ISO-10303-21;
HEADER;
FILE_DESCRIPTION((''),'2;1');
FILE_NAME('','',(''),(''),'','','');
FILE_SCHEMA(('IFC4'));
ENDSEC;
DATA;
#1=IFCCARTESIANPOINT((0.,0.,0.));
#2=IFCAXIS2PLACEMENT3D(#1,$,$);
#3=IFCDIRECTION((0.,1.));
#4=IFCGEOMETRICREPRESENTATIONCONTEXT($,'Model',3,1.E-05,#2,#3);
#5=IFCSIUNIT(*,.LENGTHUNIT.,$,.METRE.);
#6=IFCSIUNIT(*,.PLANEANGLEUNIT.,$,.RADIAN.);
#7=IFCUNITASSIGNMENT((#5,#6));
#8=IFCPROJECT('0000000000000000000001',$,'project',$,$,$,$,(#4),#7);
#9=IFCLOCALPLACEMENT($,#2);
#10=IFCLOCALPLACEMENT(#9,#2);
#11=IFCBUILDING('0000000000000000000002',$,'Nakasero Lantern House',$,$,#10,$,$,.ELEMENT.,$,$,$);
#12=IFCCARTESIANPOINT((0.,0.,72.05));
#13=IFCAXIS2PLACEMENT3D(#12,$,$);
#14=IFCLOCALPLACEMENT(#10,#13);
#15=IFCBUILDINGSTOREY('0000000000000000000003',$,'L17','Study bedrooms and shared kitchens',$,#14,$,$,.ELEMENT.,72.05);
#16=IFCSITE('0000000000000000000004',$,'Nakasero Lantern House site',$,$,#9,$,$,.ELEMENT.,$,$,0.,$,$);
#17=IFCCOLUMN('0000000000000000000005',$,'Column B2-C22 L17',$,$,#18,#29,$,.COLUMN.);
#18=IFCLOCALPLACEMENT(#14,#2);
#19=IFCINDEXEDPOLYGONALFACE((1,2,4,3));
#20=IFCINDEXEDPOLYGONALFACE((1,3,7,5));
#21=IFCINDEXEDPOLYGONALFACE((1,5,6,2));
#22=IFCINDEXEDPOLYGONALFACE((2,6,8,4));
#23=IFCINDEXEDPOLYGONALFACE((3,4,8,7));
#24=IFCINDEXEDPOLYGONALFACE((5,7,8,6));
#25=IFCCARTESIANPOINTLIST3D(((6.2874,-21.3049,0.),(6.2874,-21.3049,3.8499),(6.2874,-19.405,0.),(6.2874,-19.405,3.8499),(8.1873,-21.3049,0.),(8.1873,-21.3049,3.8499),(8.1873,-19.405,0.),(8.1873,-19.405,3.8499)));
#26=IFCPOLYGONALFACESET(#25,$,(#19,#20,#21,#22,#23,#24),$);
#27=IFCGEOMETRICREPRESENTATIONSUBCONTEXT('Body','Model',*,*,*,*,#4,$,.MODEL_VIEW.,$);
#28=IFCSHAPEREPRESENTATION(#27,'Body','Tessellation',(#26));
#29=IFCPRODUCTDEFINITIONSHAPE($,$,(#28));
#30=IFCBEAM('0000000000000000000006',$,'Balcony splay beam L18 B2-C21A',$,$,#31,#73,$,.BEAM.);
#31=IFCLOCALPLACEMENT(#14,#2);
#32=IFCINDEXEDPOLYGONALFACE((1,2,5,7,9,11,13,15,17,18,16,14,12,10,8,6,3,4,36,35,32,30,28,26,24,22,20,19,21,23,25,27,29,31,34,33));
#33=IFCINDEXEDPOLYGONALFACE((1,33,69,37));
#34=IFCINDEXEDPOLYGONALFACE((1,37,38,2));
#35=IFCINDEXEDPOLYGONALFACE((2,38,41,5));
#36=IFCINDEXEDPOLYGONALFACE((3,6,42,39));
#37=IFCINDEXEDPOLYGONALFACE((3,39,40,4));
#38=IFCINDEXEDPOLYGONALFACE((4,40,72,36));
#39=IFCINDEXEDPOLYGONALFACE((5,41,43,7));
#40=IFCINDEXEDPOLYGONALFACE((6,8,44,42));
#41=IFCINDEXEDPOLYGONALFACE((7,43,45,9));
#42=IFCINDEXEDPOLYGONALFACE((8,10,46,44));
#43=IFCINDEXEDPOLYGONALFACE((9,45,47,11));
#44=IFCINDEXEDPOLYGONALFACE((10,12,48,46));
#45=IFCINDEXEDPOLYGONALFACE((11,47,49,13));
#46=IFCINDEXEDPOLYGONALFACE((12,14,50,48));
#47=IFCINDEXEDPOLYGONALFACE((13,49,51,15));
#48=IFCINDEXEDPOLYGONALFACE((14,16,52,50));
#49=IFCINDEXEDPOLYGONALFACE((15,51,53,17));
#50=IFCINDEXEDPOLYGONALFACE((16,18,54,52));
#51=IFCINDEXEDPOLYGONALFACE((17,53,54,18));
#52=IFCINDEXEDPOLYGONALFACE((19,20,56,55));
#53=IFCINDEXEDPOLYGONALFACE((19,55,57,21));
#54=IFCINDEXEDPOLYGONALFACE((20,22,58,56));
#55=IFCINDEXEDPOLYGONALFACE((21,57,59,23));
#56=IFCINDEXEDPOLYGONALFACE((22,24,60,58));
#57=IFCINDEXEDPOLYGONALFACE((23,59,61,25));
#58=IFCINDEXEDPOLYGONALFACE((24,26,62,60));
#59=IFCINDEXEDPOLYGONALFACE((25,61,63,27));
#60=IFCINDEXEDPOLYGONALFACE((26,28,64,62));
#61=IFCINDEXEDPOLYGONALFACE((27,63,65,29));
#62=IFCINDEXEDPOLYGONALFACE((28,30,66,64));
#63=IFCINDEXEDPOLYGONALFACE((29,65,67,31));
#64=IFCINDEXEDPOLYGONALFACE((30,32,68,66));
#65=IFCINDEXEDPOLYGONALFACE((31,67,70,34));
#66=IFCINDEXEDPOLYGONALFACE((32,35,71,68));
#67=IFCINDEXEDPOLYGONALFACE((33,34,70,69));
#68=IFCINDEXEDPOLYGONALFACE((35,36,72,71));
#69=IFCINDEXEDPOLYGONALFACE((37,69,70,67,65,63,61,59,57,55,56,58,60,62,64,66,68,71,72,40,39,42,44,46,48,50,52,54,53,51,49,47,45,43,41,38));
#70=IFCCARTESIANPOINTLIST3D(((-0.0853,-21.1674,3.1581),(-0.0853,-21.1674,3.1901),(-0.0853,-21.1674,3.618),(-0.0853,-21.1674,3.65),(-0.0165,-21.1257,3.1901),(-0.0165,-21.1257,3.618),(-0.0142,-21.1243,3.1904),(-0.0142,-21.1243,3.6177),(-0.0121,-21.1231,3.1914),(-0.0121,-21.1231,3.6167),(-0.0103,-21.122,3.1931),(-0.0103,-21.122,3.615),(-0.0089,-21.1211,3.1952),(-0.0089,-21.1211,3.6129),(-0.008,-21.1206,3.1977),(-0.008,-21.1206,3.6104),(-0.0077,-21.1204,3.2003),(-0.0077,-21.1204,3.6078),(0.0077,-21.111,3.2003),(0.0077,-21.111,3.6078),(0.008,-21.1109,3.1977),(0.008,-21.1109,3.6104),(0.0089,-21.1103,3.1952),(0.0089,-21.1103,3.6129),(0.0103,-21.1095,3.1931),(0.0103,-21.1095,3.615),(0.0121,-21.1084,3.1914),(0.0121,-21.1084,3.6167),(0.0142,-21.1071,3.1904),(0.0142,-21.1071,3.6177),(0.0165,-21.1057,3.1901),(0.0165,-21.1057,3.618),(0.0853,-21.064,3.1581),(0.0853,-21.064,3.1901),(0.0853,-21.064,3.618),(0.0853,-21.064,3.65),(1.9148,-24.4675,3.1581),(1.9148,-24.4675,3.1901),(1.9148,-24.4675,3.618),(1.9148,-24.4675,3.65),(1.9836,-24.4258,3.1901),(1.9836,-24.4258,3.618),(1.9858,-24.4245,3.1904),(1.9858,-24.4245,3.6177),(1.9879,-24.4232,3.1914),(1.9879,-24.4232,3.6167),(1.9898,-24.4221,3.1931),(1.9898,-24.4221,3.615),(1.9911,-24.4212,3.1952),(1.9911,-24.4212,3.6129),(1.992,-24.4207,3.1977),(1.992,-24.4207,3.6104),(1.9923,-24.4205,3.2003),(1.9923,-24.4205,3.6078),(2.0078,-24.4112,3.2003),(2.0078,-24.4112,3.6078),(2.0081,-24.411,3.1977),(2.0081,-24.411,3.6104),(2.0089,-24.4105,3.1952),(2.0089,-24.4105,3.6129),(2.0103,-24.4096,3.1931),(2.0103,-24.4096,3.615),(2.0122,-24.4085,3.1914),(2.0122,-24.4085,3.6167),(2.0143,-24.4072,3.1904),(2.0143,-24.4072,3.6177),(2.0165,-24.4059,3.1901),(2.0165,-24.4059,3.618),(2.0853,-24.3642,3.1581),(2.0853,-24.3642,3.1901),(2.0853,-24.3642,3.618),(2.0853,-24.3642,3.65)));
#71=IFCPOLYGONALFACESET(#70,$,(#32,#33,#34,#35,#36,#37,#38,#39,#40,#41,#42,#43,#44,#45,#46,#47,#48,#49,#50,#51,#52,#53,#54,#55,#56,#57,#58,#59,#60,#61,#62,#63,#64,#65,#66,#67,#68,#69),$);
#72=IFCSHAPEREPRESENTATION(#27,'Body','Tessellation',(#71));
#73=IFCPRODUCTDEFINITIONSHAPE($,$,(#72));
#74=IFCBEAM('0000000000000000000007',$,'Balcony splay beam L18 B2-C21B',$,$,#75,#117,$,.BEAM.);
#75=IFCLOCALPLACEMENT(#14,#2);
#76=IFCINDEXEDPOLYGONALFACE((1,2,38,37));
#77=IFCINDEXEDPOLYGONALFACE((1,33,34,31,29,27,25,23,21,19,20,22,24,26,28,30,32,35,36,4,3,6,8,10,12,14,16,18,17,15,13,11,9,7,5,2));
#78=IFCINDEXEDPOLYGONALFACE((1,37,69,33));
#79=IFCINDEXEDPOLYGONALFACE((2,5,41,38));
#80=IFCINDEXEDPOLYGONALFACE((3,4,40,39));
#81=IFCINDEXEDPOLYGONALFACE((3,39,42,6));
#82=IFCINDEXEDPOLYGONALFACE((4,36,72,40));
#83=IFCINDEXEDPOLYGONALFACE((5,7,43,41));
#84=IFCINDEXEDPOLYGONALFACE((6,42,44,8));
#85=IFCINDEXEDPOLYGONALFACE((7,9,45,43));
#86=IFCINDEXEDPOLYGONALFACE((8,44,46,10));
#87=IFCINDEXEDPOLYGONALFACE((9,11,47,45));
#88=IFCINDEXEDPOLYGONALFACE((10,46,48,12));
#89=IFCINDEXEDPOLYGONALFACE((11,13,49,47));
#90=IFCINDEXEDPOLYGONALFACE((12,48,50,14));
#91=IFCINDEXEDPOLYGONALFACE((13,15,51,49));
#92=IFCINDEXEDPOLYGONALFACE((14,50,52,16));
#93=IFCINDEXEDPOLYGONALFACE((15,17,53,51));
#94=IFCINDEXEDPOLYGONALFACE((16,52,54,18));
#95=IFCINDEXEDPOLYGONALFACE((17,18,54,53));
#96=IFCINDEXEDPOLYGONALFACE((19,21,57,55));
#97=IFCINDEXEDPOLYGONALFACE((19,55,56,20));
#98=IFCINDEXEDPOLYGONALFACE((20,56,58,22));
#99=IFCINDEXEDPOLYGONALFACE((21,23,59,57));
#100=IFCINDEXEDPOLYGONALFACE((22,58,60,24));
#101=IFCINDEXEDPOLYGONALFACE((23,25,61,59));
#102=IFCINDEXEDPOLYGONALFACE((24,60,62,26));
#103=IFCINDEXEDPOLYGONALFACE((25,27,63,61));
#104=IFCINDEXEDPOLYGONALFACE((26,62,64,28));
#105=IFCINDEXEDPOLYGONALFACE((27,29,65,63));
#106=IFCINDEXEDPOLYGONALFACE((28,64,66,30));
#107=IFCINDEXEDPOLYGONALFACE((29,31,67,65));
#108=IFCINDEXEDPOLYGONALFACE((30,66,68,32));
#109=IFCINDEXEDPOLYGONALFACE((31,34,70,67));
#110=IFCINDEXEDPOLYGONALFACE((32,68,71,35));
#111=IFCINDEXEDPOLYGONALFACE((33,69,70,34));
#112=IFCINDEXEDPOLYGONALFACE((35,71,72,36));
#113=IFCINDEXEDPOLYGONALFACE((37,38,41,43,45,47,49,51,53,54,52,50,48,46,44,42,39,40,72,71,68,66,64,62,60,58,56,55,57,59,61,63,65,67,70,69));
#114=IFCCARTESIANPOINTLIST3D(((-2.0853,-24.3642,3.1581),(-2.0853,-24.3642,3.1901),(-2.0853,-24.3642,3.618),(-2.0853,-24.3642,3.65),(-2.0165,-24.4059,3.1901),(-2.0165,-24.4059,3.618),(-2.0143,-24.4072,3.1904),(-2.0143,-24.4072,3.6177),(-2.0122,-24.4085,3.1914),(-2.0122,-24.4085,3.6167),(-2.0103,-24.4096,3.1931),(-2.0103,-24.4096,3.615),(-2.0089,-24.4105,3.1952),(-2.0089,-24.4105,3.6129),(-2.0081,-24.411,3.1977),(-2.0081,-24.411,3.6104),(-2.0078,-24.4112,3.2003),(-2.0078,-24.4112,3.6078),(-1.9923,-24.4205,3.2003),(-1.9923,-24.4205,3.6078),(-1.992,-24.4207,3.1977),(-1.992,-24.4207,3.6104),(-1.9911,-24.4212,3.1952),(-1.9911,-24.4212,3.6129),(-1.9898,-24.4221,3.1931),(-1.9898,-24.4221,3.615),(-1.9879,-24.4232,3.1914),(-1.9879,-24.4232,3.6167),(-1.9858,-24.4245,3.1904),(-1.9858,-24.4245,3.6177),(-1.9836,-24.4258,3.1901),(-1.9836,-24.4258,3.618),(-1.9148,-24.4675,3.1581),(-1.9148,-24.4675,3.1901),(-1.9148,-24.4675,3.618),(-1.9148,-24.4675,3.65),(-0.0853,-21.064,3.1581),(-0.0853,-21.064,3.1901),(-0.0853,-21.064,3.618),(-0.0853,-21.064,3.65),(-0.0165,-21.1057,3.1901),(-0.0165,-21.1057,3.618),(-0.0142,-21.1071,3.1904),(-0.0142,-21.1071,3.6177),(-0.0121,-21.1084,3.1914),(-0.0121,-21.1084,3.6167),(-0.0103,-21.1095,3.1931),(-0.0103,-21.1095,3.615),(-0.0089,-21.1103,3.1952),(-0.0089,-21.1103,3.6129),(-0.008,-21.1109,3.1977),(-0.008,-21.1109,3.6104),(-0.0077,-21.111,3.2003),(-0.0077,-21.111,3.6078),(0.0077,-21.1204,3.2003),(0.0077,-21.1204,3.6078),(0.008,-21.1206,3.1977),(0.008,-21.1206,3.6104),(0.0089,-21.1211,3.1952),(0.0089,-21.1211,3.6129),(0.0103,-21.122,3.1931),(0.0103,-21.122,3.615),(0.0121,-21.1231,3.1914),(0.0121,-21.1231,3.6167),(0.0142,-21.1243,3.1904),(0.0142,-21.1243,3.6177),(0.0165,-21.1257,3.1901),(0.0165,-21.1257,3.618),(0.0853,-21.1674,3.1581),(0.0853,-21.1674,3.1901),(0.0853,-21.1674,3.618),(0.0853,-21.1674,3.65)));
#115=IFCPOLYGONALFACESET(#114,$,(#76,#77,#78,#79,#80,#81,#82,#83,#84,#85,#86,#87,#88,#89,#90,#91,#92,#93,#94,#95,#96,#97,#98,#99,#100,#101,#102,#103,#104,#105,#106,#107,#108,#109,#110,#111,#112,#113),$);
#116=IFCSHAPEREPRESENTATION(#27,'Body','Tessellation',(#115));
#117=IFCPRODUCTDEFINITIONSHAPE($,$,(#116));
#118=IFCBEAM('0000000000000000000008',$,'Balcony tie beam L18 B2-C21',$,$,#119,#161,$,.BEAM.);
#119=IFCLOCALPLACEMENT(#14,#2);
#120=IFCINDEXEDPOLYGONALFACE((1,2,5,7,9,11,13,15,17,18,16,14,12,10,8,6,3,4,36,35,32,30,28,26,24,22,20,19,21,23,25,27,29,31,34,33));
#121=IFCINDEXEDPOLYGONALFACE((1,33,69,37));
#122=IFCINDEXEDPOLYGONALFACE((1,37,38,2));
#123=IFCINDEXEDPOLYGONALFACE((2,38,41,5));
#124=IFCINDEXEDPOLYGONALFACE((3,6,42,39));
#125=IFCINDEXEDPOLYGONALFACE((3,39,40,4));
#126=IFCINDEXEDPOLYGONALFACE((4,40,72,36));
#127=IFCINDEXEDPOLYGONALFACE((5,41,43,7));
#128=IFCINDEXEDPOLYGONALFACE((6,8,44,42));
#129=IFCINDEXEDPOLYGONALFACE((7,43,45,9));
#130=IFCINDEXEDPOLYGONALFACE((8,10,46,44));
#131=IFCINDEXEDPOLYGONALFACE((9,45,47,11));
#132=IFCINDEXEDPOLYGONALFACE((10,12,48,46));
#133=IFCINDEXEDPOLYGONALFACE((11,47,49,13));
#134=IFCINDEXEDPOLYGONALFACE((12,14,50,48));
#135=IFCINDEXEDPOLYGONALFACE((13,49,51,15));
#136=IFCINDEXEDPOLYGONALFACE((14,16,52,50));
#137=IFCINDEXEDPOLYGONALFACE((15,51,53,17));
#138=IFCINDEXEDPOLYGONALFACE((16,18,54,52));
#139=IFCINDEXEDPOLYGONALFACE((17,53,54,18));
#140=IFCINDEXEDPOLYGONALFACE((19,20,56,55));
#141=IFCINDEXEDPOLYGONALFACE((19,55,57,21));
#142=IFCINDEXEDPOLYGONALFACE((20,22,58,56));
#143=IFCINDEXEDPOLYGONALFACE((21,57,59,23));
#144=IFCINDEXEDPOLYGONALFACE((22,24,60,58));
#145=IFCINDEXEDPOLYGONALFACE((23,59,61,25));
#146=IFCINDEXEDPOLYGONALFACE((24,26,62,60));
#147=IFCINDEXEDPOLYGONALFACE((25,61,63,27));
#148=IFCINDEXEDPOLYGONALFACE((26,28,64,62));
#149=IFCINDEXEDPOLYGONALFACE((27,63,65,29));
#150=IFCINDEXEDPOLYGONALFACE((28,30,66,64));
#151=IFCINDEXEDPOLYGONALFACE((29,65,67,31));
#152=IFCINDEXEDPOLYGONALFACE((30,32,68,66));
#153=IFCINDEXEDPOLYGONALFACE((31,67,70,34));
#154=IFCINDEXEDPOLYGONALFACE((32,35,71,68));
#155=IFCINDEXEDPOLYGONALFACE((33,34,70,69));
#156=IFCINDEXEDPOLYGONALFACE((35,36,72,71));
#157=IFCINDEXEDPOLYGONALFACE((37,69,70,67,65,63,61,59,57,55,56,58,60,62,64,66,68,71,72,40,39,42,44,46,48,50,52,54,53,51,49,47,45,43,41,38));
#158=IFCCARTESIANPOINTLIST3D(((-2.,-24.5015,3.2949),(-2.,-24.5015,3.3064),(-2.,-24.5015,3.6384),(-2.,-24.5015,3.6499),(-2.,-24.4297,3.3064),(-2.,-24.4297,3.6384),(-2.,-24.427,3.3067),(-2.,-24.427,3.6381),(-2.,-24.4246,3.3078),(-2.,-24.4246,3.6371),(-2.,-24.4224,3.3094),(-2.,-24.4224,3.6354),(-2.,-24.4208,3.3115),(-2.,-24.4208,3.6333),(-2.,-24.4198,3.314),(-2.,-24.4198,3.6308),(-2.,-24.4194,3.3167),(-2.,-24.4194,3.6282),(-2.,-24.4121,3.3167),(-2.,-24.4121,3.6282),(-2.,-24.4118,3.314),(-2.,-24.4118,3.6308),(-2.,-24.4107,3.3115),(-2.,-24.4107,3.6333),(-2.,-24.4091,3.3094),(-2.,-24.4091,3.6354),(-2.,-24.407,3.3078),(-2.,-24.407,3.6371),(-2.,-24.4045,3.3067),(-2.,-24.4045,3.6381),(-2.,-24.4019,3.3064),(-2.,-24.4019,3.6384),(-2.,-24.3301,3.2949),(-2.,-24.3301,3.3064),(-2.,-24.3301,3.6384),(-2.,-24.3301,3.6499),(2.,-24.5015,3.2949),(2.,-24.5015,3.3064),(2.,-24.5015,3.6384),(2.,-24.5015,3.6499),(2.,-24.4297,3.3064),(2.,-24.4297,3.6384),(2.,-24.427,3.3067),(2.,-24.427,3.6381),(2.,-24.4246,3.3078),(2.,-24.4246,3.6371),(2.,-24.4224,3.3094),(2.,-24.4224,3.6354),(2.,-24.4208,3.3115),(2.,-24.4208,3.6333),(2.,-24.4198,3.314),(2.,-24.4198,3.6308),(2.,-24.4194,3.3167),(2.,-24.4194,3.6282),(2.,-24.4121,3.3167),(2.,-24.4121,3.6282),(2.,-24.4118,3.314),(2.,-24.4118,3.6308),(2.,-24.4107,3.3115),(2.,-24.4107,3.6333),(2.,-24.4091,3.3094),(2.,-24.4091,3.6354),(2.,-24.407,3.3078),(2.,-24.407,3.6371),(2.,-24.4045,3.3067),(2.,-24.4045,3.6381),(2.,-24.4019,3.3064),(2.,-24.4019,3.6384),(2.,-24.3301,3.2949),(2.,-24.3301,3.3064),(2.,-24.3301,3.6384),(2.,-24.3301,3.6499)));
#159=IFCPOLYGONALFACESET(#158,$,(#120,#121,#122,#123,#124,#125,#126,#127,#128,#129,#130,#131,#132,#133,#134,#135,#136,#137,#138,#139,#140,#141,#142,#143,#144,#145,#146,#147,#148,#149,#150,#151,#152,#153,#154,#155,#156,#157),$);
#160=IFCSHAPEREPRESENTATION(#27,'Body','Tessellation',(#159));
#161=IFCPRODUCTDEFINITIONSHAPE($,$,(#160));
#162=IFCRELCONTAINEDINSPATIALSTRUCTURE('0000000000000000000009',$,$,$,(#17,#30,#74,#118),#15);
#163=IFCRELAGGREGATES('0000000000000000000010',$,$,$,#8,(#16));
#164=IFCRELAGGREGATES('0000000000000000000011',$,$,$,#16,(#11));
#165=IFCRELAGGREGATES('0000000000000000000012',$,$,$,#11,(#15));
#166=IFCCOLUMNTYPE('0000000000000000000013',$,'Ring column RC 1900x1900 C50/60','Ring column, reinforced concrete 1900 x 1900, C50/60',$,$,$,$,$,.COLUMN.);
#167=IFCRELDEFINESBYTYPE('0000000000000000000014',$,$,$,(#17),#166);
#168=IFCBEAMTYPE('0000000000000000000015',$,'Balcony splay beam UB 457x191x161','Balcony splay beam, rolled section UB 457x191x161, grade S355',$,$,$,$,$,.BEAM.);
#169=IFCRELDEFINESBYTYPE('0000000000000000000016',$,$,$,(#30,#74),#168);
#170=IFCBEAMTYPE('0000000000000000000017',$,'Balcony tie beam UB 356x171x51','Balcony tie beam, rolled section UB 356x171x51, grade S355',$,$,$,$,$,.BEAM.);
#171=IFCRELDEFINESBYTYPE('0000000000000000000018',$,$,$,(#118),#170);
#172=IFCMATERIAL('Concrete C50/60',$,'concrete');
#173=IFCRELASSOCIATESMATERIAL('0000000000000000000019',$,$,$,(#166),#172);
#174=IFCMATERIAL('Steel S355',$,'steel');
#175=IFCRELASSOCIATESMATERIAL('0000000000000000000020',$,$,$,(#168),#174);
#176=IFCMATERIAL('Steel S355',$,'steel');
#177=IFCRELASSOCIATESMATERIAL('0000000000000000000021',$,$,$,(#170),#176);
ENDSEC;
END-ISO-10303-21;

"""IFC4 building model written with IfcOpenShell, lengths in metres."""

from ifc_helpers import new_model, si_unit, direction, frame, origin, origin_2d, place, context, subcontext, project, spatial, rectangle, i_section, extrude, material, material_profile, profile_set, type_object, element, save


model = new_model("IFC4")

# Units and contexts
model_context = context("Model", 3, precision=1e-05, world=origin(), true_north=direction((0.0, 1.0)))
body_context = subcontext(model_context, "Body", "Model", "MODEL_VIEW")
ifc_project = project(units=[si_unit("LENGTHUNIT", "METRE"), si_unit("PLANEANGLEUNIT", "RADIAN")], contexts=[model_context])

# Site, building, storey
site_placement = place(None, origin())
site = spatial("IfcSite", under=ifc_project, at=site_placement, Name="Nakasero Lantern House site", CompositionType="ELEMENT", RefElevation=0.0)
building_placement = place(site_placement, origin())
building = spatial("IfcBuilding", under=site, at=building_placement, Name="Nakasero Lantern House", CompositionType="ELEMENT")
storey_placement = place(building_placement, frame((0.0, 0.0, 72.05)))
storey = spatial("IfcBuildingStorey", under=building, at=storey_placement, Name="L17", Description="Study bedrooms and shared kitchens", CompositionType="ELEMENT", Elevation=72.05)

# Column
ifc_material_1 = material(Name="Concrete C50/60", Category="concrete")
ifc_material_profile_1 = material_profile(ifc_material_1, rectangle(XDim=1.8999, YDim=1.8999, at=origin_2d()), Name="RC 1900x1900")
ifc_profile_set_1 = profile_set([ifc_material_profile_1], Name="Concrete C50/60")
column_type = type_object("IfcColumnType", Name="Ring column RC 1900x1900 C50/60", Description="Ring column, reinforced concrete 1900 x 1900, C50/60", PredefinedType="COLUMN", material=ifc_profile_set_1)
column_placement = place(storey_placement, frame((7.2373, -20.355, 0.0), z_axis=(0.0, 0.0, 1.0), x_axis=(1.0, 0.0, 0.0)))
element("IfcColumn", 1, at=column_placement, inside=storey, type_object=column_type, Name="Column B2-C22 L17", PredefinedType="COLUMN", context=body_context, shape_type="SweptSolid", body=[
    extrude(rectangle(XDim=1.8999, YDim=1.8999, at=origin_2d()), origin(), (0.0, 0.0, 1.0), 3.8499),
])

# Beams
ifc_material_2 = material(Name="Steel S355", Category="steel")
ifc_material_profile_2 = material_profile(ifc_material_2, i_section(OverallWidth=0.1995, OverallDepth=0.4919, WebThickness=0.0181, FlangeThickness=0.032, FilletRadius=0.0103, at=origin_2d()), Name="UB 457x191x161")
ifc_profile_set_2 = profile_set([ifc_material_profile_2], Name="Steel S355")
beam_type_1 = type_object("IfcBeamType", Name="Balcony splay beam UB 457x191x161", Description="Balcony splay beam, rolled section UB 457x191x161, grade S355", PredefinedType="BEAM", material=ifc_profile_set_2)
for number, where, z_axis, x_axis, name in (
    (2, (0.0, -21.1157, 3.4041), (0.518296, -0.855201, 0.0), (0.855201, 0.518296, 0.0), "Balcony splay beam L18 B2-C21A"),
    (3, (0.0, -21.1157, 3.4041), (-0.518296, -0.855201, 0.0), (0.855201, -0.518296, 0.0), "Balcony splay beam L18 B2-C21B"),
):
    element("IfcBeam", number, at=place(storey_placement, frame(where, z_axis=z_axis, x_axis=x_axis)), inside=storey, type_object=beam_type_1, Name=name, PredefinedType="BEAM", context=body_context, shape_type="SweptSolid", body=[
        extrude(i_section(OverallWidth=0.1995, OverallDepth=0.4919, WebThickness=0.0181, FlangeThickness=0.032, FilletRadius=0.0103, at=origin_2d()), origin(), (0.0, 0.0, 1.0), 3.8589),
    ])
ifc_material_3 = material(Name="Steel S355", Category="steel")
ifc_material_profile_3 = material_profile(ifc_material_3, i_section(OverallWidth=0.1714, OverallDepth=0.355, WebThickness=0.0073, FlangeThickness=0.0115, FilletRadius=0.0103, at=origin_2d()), Name="UB 356x171x51")
ifc_profile_set_3 = profile_set([ifc_material_profile_3], Name="Steel S355")
beam_type_2 = type_object("IfcBeamType", Name="Balcony tie beam UB 356x171x51", Description="Balcony tie beam, rolled section UB 356x171x51, grade S355", PredefinedType="BEAM", material=ifc_profile_set_3)
beam_1_placement = place(storey_placement, frame((2.0, -24.4158, 3.4724), z_axis=(-1.0, 0.0, 0.0), x_axis=(0.0, -1.0, 0.0)))
element("IfcBeam", 4, at=beam_1_placement, inside=storey, type_object=beam_type_2, Name="Balcony tie beam L18 B2-C21", PredefinedType="BEAM", context=body_context, shape_type="SweptSolid", body=[
    extrude(i_section(OverallWidth=0.1714, OverallDepth=0.355, WebThickness=0.0073, FlangeThickness=0.0115, FilletRadius=0.0103, at=origin_2d()), origin(), (0.0, 0.0, 1.0), 4.0),
])

save(model, "model.ifc")
